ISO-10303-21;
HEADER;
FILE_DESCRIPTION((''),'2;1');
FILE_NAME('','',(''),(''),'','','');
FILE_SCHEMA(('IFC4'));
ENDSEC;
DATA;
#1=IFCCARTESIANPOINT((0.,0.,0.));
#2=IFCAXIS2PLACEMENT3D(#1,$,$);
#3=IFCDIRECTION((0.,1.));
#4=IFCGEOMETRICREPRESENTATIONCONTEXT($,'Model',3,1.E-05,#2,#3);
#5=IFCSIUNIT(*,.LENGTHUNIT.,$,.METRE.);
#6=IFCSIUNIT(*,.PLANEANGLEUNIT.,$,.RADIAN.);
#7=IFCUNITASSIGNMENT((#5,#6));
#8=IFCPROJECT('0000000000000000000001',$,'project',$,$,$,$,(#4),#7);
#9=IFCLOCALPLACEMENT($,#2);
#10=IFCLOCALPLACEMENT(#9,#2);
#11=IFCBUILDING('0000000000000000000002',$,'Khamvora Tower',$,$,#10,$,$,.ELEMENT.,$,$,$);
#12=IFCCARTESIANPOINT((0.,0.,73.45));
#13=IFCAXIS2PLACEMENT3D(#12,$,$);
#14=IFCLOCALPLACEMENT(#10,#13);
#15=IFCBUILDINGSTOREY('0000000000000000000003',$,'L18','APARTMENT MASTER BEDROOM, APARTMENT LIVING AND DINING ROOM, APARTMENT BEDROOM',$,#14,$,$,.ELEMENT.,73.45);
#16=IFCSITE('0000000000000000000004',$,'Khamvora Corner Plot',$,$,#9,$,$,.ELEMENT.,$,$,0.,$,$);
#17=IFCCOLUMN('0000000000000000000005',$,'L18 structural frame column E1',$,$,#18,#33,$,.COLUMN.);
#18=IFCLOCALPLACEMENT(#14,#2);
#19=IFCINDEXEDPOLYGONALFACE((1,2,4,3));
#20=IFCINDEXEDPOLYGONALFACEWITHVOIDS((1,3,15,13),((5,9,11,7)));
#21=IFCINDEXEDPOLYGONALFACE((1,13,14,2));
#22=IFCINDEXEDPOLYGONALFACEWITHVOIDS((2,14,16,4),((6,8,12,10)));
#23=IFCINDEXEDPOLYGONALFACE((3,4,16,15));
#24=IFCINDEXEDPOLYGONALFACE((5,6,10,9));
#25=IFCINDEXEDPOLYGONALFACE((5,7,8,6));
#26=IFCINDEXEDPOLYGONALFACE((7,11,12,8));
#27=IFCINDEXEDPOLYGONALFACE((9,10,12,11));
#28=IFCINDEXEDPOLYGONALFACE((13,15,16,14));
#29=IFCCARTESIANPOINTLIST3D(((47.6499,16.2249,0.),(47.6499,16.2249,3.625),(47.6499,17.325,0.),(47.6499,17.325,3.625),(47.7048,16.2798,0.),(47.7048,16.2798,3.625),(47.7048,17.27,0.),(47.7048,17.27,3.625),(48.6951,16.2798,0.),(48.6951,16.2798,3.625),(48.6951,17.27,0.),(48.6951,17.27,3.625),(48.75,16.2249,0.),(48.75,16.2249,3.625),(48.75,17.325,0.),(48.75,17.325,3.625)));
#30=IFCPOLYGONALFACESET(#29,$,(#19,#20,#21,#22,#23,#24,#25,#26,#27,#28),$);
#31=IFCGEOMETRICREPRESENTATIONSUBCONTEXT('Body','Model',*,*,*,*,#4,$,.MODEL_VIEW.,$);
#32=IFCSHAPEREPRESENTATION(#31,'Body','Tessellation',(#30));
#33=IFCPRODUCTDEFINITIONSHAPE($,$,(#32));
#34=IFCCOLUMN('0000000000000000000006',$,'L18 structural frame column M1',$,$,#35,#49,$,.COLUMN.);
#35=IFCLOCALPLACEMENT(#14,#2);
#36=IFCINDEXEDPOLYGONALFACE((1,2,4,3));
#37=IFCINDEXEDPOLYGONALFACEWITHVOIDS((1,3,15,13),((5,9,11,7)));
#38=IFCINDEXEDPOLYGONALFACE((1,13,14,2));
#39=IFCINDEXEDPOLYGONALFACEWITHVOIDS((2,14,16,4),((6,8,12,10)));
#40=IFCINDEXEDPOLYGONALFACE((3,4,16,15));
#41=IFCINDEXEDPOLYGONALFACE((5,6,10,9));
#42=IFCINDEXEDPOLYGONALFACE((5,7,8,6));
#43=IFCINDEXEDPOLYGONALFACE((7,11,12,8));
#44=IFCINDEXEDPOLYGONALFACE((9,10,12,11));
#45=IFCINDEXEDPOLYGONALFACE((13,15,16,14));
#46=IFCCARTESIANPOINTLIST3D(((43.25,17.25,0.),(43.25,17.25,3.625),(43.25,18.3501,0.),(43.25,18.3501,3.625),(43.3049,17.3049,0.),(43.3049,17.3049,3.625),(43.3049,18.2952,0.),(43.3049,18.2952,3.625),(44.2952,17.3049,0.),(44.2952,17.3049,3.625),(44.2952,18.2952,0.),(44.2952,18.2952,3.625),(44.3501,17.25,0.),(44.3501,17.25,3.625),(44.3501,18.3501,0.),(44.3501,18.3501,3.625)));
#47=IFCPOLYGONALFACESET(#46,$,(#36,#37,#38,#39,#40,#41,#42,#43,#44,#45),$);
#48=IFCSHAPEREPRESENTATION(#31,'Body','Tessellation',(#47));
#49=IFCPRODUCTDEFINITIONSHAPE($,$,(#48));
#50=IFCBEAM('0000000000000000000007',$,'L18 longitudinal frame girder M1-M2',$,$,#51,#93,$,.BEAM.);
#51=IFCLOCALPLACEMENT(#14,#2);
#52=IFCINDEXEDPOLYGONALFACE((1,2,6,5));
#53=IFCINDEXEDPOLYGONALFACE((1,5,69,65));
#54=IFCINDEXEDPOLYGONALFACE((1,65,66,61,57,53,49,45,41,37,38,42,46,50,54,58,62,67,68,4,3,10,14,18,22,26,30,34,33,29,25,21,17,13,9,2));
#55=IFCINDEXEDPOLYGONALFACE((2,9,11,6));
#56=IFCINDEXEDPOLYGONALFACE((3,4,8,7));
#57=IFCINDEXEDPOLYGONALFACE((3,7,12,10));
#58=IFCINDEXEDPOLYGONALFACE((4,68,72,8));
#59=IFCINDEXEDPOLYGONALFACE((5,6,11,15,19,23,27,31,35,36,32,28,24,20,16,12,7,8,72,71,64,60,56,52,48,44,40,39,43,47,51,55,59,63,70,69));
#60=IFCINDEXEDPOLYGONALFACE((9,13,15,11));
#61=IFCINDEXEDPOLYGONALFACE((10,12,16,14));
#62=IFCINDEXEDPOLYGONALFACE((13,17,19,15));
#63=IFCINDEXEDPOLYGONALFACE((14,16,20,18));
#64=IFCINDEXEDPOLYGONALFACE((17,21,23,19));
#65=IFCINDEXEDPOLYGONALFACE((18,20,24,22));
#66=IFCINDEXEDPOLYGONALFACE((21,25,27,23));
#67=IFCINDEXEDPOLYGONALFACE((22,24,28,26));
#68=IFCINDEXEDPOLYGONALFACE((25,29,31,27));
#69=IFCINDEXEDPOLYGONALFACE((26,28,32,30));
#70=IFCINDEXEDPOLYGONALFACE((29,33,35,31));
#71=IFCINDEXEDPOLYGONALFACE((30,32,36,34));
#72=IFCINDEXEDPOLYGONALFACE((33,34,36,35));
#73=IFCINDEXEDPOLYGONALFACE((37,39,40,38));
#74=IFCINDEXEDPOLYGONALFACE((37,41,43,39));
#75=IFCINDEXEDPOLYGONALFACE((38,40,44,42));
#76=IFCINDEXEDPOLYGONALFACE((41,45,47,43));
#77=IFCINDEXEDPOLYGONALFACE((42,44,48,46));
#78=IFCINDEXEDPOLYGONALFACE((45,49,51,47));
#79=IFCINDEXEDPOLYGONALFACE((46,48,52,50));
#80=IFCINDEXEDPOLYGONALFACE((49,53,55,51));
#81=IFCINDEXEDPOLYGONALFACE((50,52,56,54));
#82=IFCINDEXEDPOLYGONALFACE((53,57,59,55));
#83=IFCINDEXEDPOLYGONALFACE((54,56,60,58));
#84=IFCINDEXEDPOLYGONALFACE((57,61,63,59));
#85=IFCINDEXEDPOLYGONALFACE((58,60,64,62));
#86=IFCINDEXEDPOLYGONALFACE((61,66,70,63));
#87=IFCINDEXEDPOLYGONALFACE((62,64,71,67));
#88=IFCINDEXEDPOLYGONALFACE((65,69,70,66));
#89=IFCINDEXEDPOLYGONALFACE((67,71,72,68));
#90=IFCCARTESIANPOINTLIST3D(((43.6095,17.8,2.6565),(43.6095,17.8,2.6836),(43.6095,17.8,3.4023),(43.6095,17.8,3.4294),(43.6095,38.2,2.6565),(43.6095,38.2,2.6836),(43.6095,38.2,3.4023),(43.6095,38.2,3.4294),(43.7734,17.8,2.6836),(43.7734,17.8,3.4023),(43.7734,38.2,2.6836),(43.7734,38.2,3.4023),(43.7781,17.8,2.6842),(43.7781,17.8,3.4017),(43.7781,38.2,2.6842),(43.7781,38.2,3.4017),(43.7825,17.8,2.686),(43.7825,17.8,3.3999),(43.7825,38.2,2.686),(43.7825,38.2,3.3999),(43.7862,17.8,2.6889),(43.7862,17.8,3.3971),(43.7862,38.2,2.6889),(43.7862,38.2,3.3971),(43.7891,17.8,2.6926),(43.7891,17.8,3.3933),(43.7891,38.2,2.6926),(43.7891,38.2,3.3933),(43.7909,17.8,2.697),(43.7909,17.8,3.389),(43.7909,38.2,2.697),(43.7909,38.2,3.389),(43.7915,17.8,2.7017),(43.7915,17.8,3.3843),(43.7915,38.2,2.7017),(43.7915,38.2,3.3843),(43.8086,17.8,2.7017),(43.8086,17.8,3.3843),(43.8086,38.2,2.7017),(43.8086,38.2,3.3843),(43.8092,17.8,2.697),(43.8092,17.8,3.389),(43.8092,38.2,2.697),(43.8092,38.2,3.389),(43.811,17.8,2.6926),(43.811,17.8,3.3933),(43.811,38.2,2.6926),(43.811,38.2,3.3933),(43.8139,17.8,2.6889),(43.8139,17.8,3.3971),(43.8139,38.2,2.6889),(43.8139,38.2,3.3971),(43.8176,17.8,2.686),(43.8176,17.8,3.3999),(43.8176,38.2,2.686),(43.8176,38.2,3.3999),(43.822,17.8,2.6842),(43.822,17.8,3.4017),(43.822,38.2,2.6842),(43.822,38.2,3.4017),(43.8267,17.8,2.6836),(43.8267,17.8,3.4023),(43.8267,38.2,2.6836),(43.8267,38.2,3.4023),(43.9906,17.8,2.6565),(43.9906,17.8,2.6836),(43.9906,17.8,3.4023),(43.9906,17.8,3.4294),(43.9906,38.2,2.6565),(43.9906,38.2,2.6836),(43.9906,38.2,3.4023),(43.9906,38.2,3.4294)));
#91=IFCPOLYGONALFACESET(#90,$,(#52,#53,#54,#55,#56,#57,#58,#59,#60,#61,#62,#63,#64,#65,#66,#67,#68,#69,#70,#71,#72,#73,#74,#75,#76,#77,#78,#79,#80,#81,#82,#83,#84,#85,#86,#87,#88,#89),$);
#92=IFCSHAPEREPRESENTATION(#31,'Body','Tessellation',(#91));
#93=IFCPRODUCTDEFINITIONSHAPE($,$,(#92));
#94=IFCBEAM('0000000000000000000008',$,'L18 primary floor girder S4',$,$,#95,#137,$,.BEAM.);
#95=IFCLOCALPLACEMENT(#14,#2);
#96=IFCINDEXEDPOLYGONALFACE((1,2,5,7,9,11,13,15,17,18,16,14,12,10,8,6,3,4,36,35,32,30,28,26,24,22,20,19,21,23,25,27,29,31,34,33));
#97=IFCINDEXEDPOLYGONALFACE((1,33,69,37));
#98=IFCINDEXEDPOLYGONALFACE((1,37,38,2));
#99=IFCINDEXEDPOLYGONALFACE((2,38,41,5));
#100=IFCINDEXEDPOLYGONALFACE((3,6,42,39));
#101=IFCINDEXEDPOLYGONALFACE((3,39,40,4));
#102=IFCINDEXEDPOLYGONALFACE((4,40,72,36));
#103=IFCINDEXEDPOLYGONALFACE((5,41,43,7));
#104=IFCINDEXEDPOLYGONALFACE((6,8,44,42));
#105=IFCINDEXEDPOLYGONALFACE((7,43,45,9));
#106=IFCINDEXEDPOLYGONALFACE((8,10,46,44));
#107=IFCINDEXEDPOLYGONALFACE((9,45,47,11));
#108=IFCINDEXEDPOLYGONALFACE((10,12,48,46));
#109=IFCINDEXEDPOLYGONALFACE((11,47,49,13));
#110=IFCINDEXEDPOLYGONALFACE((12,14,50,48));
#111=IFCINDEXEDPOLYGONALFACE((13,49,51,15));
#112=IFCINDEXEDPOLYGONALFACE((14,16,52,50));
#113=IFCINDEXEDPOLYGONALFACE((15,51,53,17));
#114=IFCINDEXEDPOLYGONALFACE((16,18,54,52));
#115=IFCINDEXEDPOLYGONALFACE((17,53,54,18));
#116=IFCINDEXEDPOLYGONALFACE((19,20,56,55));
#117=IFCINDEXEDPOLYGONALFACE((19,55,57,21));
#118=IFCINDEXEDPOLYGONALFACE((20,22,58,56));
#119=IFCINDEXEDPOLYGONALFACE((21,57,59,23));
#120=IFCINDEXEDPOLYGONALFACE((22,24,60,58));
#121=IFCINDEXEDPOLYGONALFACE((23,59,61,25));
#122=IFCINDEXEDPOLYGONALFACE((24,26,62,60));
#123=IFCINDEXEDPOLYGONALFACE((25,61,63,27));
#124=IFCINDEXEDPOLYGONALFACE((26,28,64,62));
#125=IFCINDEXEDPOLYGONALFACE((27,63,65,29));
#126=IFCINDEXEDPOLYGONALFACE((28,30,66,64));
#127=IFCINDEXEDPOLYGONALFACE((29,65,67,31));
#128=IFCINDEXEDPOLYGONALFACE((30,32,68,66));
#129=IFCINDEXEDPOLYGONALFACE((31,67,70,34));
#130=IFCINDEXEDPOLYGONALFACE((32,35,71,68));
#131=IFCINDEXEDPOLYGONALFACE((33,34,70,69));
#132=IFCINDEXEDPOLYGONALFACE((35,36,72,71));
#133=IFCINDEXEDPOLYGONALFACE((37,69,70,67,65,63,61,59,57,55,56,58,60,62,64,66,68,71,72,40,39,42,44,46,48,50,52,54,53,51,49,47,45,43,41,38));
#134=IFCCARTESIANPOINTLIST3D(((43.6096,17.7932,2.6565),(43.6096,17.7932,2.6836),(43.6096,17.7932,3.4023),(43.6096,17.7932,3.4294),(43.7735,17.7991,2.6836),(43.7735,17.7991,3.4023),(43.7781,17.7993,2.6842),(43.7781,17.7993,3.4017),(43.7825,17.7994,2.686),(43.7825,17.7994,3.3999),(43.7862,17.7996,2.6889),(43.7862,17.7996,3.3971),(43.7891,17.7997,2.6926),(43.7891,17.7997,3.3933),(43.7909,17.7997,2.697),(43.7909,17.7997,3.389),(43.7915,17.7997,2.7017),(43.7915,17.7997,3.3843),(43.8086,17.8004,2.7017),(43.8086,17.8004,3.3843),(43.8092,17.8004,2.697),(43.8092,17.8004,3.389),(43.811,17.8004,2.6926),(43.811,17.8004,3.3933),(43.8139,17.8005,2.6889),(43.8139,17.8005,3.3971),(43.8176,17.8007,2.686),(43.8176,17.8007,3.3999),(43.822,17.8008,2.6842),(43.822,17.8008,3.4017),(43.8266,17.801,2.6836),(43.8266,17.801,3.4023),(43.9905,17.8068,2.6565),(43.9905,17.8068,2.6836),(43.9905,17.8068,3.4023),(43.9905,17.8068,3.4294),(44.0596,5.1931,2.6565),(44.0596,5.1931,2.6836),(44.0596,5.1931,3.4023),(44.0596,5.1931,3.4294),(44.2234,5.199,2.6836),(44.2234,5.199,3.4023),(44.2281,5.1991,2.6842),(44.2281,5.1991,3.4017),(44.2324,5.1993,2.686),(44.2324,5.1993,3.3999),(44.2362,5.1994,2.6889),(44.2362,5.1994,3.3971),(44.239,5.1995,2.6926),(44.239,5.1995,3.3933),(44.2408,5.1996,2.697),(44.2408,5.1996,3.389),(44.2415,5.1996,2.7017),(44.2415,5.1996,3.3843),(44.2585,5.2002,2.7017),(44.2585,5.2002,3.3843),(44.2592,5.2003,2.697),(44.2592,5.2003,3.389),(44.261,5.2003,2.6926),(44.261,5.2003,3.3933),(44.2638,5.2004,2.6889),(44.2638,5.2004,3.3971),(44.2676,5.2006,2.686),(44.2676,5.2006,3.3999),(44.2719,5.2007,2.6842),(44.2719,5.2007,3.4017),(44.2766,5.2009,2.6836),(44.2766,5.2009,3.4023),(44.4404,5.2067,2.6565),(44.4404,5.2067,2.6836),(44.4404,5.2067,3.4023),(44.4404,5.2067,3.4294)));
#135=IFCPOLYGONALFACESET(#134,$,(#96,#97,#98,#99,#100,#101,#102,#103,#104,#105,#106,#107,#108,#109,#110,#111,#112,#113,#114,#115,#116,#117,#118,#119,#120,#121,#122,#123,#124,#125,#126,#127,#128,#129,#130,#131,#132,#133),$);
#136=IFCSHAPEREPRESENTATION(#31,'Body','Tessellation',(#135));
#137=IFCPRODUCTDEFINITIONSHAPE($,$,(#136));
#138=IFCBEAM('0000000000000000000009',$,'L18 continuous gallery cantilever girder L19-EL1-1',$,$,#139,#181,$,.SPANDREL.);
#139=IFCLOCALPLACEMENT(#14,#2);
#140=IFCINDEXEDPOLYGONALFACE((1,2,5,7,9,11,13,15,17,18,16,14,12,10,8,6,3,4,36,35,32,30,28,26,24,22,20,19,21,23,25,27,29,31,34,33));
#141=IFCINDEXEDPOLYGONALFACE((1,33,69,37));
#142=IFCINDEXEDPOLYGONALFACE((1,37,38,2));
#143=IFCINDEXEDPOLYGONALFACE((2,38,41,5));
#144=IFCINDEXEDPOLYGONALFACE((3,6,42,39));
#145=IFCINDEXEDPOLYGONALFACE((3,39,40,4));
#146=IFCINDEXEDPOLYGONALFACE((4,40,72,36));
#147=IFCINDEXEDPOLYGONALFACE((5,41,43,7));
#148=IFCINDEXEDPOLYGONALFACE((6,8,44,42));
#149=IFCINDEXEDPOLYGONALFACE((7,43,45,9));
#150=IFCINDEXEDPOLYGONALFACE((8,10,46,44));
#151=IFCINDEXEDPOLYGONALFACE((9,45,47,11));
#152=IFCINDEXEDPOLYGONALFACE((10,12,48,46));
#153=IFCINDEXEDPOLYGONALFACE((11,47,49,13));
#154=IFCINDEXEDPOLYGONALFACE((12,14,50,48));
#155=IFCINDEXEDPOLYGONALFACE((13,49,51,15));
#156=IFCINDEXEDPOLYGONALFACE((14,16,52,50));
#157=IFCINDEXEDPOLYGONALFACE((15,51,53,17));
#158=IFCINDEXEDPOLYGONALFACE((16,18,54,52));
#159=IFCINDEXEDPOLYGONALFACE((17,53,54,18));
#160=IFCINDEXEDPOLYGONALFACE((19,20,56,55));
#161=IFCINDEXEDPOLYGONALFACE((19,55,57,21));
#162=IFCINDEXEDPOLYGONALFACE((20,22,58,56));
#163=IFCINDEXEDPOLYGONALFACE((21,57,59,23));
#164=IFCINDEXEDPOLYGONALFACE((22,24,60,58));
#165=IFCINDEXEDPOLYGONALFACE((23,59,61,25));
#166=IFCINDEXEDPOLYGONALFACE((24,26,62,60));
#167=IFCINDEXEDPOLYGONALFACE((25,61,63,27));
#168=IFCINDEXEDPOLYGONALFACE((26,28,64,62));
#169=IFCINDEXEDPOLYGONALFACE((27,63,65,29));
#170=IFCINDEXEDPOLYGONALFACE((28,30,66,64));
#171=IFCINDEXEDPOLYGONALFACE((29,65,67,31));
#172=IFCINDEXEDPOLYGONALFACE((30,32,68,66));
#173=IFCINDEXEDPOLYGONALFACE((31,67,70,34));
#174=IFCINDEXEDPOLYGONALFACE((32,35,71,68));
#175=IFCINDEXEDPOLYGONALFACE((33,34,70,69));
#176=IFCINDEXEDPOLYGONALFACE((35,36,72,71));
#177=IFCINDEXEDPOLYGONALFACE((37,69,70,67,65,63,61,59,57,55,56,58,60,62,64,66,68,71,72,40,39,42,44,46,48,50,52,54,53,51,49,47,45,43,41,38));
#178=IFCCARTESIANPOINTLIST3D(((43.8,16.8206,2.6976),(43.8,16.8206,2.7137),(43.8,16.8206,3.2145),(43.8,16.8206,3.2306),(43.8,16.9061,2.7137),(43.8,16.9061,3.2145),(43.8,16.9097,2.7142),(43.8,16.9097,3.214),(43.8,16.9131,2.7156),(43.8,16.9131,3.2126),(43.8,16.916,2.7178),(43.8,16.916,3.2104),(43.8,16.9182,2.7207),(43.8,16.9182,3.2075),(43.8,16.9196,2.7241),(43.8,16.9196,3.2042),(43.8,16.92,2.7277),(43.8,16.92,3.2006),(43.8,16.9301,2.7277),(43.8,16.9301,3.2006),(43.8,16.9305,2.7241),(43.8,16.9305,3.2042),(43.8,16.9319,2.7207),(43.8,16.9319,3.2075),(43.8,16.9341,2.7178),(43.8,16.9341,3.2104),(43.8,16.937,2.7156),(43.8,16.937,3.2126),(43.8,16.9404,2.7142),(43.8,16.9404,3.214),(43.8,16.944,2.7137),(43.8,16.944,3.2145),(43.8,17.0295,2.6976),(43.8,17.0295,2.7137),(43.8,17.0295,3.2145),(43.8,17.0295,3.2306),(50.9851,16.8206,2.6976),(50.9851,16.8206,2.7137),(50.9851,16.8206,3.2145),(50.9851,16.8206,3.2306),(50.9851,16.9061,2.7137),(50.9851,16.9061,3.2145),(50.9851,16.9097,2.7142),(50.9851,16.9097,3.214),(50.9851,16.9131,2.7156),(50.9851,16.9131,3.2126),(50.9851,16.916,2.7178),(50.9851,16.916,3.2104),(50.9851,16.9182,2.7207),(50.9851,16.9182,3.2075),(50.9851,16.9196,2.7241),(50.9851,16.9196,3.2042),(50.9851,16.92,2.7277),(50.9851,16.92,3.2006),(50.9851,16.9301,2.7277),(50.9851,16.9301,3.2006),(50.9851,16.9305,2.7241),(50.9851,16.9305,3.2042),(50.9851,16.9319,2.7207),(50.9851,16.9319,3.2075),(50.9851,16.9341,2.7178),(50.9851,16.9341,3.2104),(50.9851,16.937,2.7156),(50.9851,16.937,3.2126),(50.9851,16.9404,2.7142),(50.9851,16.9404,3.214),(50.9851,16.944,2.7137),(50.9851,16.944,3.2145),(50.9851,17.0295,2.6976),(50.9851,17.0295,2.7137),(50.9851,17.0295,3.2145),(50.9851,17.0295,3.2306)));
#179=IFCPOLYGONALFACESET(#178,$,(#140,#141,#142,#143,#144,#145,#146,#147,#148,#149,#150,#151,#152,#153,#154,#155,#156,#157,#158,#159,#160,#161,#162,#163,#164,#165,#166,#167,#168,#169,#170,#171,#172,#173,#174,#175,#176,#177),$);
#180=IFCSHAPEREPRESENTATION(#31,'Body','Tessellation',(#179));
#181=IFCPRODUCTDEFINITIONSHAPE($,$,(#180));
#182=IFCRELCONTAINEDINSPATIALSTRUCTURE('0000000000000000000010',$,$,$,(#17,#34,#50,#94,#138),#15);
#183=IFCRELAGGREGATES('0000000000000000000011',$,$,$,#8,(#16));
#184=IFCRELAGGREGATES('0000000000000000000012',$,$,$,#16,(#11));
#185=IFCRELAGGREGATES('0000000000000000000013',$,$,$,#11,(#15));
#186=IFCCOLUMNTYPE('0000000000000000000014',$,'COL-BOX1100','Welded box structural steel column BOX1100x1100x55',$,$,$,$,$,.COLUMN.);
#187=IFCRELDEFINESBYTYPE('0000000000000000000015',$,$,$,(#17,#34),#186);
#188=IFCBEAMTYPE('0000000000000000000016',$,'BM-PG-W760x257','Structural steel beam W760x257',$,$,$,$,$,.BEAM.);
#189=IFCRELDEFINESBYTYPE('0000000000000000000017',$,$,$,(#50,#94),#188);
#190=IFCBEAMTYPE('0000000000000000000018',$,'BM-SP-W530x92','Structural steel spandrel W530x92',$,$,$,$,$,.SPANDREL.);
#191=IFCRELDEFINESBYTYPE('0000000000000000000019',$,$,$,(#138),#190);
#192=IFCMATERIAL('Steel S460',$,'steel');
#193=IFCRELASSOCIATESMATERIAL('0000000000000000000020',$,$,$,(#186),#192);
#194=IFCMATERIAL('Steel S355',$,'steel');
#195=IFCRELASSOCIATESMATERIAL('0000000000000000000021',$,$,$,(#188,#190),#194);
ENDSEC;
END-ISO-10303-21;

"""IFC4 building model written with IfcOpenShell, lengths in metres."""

from ifc_helpers import new_model, si_unit, direction, frame, origin, origin_2d, place, context, subcontext, project, spatial, hollow_rectangle, i_section, extrude, material, material_profile, profile_set, type_object, element, save


model = new_model("IFC4")

# Units and contexts
model_context = context("Model", 3, precision=1e-05, world=origin(), true_north=direction((0.0, 1.0)))
body_context = subcontext(model_context, "Body", "Model", "MODEL_VIEW")
ifc_project = project(units=[si_unit("LENGTHUNIT", "METRE"), si_unit("PLANEANGLEUNIT", "RADIAN")], contexts=[model_context])

# Site, building, storey
site_placement = place(None, origin())
site = spatial("IfcSite", under=ifc_project, at=site_placement, Name="Khamvora Corner Plot", CompositionType="ELEMENT", RefElevation=0.0)
building_placement = place(site_placement, origin())
building = spatial("IfcBuilding", under=site, at=building_placement, Name="Khamvora Tower", CompositionType="ELEMENT")
storey_placement = place(building_placement, frame((0.0, 0.0, 73.45)))
storey = spatial("IfcBuildingStorey", under=building, at=storey_placement, Name="L18", Description="APARTMENT MASTER BEDROOM, APARTMENT LIVING AND DINING ROOM, APARTMENT BEDROOM", CompositionType="ELEMENT", Elevation=73.45)

# Columns
ifc_material_1 = material(Name="Steel S460", Category="steel")
ifc_material_profile_1 = material_profile(ifc_material_1, hollow_rectangle(XDim=1.1001, YDim=1.1001, WallThickness=0.0549, at=origin_2d()), Name="BOX1100x1100x55")
ifc_profile_set_1 = profile_set([ifc_material_profile_1], Name="Steel S460")
column_type = type_object("IfcColumnType", Name="COL-BOX1100", Description="Welded box structural steel column BOX1100x1100x55", PredefinedType="COLUMN", material=ifc_profile_set_1)
for number, where, z_axis, x_axis, name in (
    (1, (48.2, 16.7749, 0.0), (0.0, 0.0, 1.0), (1.0, 0.0, 0.0), "L18 structural frame column E1"),
    (2, (43.8, 17.8, 0.0), (0.0, 0.0, 1.0), (1.0, 0.0, 0.0), "L18 structural frame column M1"),
):
    element("IfcColumn", number, at=place(storey_placement, frame(where, z_axis=z_axis, x_axis=x_axis)), inside=storey, type_object=column_type, Name=name, PredefinedType="COLUMN", context=body_context, shape_type="SweptSolid", body=[
        extrude(hollow_rectangle(XDim=1.1001, YDim=1.1001, WallThickness=0.0549, at=origin_2d()), origin(), (0.0, 0.0, 1.0), 3.625),
    ])

# Beams
ifc_material_2 = material(Name="Steel S355", Category="steel")
ifc_material_profile_2 = material_profile(ifc_material_2, i_section(OverallWidth=0.3811, OverallDepth=0.7729, WebThickness=0.0171, FlangeThickness=0.0271, FilletRadius=0.0181, at=origin_2d()), Name="W760x257")
ifc_profile_set_2 = profile_set([ifc_material_profile_2], Name="Steel S355")
beam_type_1 = type_object("IfcBeamType", Name="BM-PG-W760x257", Description="Structural steel beam W760x257", PredefinedType="BEAM", material=ifc_profile_set_2)
beam_1_placement = place(storey_placement, frame((43.8, 17.8, 3.043), z_axis=(0.0, 1.0, 0.0), x_axis=(-1.0, 0.0, 0.0)))
element("IfcBeam", 3, at=beam_1_placement, inside=storey, type_object=beam_type_1, Name="L18 longitudinal frame girder M1-M2", PredefinedType="BEAM", context=body_context, shape_type="SweptSolid", body=[
    extrude(i_section(OverallWidth=0.3811, OverallDepth=0.7729, WebThickness=0.0171, FlangeThickness=0.0271, FilletRadius=0.0181, at=origin_2d()), origin(), (0.0, 0.0, 1.0), 20.3999),
])
beam_2_placement = place(storey_placement, frame((43.8, 17.8, 3.043), z_axis=(0.035687, -0.999363, 0.0), x_axis=(0.999363, 0.035687, 0.0)))
element("IfcBeam", 4, at=beam_2_placement, inside=storey, type_object=beam_type_1, Name="L18 primary floor girder S4", PredefinedType="BEAM", context=body_context, shape_type="SweptSolid", body=[
    extrude(i_section(OverallWidth=0.3811, OverallDepth=0.7729, WebThickness=0.0171, FlangeThickness=0.0271, FilletRadius=0.0181, at=origin_2d()), origin(), (0.0, 0.0, 1.0), 12.6082),
])
ifc_material_profile_3 = material_profile(ifc_material_2, i_section(OverallWidth=0.209, OverallDepth=0.533, WebThickness=0.01, FlangeThickness=0.0161, FilletRadius=0.0139, at=origin_2d()), Name="W530x92")
ifc_profile_set_3 = profile_set([ifc_material_profile_3], Name="Steel S355")
beam_type_2 = type_object("IfcBeamType", Name="BM-SP-W530x92", Description="Structural steel spandrel W530x92", PredefinedType="SPANDREL", material=ifc_profile_set_3)
beam_3_placement = place(storey_placement, frame((43.8, 16.925, 2.9641), z_axis=(1.0, 0.0, 0.0), x_axis=(0.0, 1.0, 0.0)))
element("IfcBeam", 5, at=beam_3_placement, inside=storey, type_object=beam_type_2, Name="L18 continuous gallery cantilever girder L19-EL1-1", PredefinedType="SPANDREL", context=body_context, shape_type="SweptSolid", body=[
    extrude(i_section(OverallWidth=0.209, OverallDepth=0.533, WebThickness=0.01, FlangeThickness=0.0161, FilletRadius=0.0139, at=origin_2d()), origin(), (0.0, 0.0, 1.0), 7.1851),
])

save(model, "model.ifc")
